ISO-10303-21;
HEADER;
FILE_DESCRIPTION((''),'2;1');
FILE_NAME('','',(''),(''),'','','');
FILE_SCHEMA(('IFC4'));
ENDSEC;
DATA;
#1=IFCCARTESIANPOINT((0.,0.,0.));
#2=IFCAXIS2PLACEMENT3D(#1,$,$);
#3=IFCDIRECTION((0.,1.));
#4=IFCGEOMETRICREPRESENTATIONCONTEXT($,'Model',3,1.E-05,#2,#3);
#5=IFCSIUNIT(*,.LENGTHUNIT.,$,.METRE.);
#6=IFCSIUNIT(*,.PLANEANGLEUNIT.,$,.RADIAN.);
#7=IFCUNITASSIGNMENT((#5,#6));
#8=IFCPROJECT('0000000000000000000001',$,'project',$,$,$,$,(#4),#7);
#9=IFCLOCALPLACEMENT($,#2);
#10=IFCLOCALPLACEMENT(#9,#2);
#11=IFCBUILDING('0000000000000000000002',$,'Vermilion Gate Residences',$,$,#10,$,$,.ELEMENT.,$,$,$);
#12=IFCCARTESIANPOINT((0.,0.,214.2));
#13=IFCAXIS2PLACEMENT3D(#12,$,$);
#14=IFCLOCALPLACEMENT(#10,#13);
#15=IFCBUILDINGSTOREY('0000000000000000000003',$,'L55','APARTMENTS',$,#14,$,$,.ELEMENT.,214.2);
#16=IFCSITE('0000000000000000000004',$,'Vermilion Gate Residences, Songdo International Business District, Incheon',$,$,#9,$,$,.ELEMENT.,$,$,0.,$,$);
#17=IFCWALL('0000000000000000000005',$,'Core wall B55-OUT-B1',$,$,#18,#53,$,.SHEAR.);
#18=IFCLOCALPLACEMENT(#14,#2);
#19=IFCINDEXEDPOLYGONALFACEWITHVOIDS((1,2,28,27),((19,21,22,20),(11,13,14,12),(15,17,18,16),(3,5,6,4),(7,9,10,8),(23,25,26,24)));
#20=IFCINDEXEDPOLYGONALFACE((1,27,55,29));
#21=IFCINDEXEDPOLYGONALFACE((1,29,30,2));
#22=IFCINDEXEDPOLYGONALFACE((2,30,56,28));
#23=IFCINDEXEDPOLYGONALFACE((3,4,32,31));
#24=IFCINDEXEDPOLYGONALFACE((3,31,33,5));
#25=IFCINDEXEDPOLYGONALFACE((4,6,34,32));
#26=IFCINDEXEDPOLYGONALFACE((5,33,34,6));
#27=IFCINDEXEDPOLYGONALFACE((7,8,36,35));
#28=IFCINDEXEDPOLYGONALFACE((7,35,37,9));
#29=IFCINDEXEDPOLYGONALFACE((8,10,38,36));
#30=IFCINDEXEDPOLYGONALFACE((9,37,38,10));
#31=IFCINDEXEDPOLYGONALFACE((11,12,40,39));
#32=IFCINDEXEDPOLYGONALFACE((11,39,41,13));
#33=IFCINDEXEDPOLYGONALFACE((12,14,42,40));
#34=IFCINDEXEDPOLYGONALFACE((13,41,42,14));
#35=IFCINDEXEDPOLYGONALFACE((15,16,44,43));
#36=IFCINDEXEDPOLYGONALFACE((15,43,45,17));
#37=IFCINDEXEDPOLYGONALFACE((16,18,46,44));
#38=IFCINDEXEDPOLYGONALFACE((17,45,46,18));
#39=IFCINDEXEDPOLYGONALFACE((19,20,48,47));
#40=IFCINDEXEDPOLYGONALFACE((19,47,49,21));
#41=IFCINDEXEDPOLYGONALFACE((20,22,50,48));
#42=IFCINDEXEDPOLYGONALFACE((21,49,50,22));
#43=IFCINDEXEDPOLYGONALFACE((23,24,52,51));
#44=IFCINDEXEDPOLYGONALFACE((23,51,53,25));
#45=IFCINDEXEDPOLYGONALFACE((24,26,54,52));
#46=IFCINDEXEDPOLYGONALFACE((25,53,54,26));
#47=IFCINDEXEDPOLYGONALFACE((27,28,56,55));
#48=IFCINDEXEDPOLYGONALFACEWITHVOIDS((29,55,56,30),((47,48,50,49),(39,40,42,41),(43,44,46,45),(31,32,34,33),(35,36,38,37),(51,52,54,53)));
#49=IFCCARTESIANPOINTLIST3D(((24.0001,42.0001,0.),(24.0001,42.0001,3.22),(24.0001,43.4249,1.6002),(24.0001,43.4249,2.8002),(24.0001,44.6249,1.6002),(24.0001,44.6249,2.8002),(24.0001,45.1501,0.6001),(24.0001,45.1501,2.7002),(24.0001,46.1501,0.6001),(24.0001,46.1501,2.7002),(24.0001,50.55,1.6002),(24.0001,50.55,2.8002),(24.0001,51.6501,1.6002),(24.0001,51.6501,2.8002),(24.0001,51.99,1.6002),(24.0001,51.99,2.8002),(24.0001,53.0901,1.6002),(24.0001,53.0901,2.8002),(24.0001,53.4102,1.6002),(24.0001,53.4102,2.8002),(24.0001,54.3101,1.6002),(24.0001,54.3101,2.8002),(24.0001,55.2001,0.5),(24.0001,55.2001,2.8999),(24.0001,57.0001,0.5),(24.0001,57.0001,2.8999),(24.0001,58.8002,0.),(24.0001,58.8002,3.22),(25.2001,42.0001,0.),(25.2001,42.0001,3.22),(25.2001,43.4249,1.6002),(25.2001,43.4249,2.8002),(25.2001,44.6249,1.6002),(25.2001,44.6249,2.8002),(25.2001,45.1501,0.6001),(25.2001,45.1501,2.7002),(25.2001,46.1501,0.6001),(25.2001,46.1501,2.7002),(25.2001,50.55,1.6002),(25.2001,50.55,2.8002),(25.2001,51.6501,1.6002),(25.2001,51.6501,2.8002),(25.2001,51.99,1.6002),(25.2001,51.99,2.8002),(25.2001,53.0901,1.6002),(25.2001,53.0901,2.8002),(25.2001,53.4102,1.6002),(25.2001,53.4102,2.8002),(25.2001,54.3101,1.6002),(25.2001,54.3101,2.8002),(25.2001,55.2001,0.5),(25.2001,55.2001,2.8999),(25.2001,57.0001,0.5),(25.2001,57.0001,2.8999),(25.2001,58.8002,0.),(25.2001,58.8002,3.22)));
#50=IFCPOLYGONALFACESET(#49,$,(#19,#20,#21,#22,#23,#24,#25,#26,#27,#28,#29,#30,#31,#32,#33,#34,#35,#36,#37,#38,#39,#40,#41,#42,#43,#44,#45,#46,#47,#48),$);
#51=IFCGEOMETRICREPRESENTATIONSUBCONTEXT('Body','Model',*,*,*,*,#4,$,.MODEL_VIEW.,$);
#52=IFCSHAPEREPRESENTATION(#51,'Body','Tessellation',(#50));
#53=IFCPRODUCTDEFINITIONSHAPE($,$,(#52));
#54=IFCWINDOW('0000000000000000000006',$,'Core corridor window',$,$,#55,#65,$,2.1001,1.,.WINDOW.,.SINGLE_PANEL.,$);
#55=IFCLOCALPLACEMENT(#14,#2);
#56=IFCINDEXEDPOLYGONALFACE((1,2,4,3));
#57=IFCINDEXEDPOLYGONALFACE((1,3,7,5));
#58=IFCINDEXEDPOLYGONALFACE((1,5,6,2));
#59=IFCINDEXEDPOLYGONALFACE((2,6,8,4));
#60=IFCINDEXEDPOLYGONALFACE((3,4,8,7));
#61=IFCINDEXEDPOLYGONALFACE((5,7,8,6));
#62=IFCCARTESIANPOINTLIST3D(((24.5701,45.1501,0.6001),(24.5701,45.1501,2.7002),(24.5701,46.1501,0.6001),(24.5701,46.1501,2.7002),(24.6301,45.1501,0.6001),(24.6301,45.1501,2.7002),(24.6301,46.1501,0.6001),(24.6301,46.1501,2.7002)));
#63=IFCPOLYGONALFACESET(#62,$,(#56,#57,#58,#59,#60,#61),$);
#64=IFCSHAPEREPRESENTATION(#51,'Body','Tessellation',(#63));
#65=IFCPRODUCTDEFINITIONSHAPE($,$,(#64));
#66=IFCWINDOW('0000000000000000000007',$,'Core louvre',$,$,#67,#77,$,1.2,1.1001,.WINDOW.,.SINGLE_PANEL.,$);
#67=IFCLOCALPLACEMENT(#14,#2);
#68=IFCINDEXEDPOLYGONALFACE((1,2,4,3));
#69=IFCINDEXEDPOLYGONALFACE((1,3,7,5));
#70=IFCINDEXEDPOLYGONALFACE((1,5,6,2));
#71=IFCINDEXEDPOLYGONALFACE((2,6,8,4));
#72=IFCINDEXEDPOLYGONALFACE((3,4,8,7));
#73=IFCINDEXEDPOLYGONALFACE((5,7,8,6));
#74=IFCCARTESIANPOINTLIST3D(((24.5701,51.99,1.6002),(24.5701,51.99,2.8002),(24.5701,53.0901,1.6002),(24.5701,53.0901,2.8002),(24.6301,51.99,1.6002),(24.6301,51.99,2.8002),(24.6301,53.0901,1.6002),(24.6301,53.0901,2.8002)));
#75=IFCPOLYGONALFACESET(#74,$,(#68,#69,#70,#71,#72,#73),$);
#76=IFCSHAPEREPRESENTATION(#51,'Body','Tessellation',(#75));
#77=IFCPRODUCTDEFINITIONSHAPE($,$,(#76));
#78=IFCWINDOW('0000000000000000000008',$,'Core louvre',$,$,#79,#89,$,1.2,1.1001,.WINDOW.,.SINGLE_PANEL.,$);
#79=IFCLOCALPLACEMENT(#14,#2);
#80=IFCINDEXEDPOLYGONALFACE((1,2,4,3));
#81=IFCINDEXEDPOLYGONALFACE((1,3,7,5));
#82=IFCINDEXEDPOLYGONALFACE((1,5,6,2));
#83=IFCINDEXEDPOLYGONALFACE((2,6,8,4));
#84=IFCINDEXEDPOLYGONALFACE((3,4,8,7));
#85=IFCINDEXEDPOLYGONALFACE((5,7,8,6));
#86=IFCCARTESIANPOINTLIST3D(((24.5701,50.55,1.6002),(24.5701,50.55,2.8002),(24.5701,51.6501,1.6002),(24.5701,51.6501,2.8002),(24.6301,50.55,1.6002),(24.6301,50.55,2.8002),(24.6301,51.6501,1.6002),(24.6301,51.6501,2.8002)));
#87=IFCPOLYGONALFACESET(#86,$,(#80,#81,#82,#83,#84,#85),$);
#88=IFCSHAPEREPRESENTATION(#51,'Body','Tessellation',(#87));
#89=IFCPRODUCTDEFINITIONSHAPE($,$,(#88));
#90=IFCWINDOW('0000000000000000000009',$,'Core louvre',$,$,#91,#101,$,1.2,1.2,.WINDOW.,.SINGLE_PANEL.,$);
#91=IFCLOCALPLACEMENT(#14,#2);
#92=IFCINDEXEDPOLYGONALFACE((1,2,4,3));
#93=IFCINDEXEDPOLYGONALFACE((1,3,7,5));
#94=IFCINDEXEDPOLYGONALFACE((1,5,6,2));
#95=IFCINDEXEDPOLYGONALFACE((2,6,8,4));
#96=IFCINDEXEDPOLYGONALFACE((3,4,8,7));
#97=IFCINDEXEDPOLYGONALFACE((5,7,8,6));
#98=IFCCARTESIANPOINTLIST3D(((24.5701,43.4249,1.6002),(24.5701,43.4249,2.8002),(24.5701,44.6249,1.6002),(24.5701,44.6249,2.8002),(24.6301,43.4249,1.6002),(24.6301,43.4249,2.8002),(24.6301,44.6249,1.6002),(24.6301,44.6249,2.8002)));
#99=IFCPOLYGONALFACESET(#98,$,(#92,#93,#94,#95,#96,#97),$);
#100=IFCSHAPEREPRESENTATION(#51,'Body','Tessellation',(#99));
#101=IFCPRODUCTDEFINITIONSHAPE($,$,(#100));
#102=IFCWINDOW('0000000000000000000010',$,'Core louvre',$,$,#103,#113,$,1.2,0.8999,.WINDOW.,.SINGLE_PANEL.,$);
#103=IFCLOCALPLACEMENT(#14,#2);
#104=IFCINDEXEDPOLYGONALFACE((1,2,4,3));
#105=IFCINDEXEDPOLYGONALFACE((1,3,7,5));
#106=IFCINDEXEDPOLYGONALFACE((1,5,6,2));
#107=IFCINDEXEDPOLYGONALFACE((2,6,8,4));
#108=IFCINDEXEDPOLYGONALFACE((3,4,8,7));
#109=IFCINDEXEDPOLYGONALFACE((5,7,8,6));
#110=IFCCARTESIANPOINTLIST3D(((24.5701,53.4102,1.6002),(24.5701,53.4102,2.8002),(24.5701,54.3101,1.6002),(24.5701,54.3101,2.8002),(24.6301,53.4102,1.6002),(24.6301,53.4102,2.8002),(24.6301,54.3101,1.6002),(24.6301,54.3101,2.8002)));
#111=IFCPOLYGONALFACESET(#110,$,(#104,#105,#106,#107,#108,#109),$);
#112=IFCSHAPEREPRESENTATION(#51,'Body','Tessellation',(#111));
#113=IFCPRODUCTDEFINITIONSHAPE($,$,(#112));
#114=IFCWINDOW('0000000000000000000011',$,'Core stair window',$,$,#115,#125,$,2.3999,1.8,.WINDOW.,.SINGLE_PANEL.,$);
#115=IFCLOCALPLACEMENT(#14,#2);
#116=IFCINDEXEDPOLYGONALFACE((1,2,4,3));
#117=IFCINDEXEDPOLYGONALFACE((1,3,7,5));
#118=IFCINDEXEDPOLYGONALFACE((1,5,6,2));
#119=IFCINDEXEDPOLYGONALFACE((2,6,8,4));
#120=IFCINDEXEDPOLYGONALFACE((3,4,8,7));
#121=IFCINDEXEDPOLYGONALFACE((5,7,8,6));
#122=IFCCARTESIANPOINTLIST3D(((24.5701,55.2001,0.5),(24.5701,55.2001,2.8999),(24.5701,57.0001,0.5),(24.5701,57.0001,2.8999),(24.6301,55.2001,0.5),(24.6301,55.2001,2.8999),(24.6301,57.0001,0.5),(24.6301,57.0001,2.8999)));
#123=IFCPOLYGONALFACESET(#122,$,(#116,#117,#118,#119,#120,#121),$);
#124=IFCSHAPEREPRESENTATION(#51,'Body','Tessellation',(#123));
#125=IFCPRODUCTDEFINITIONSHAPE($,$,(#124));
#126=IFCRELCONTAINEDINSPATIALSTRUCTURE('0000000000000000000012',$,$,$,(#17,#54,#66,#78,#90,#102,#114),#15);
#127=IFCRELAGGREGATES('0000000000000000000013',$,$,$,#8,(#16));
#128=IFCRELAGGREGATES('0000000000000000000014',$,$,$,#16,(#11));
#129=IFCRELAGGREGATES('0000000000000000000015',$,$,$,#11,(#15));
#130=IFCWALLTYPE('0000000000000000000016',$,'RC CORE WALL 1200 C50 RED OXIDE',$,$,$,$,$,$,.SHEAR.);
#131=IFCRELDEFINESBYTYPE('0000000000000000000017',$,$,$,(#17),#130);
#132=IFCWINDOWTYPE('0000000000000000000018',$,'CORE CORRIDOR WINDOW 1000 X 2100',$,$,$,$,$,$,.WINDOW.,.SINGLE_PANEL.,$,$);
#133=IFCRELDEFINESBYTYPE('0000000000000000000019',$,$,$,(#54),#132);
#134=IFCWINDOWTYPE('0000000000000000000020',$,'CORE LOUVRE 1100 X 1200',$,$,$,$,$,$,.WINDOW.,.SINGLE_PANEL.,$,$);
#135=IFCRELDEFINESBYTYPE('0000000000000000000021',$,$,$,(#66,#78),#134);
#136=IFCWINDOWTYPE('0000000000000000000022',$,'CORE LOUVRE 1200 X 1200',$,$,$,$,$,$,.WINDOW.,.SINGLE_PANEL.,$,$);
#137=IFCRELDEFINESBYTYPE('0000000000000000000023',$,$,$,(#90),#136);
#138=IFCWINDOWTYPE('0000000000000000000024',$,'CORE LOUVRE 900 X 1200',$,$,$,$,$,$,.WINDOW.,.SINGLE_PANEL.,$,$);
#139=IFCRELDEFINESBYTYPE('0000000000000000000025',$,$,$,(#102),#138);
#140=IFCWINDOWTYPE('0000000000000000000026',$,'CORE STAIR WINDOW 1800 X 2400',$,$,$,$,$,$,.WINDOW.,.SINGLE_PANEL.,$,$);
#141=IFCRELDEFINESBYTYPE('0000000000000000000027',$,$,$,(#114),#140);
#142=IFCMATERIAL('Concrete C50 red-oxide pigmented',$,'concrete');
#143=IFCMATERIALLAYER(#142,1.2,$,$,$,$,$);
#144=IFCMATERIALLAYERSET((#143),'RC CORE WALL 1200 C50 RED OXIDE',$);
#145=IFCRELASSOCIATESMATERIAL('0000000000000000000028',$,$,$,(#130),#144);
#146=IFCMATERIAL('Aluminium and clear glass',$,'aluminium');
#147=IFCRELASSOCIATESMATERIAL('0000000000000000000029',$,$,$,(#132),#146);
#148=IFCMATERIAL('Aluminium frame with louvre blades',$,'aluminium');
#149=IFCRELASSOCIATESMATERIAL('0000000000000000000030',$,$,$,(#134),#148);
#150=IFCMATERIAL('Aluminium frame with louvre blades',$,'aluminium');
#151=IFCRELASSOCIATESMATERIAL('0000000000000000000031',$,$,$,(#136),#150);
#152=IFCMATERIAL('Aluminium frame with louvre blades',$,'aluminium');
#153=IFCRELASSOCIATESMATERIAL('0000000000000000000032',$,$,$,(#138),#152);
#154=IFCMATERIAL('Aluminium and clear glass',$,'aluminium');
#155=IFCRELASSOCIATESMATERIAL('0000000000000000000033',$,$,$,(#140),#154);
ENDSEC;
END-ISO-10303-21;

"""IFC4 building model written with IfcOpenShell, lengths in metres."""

from ifc_helpers import new_model, si_unit, direction, frame, frame_2d, origin, place, context, subcontext, project, spatial, rectangle, extrude, material, layer, layer_set, type_object, element, fill, save


model = new_model("IFC4")

# Units and contexts
model_context = context("Model", 3, precision=1e-05, world=origin(), true_north=direction((0.0, 1.0)))
body_context = subcontext(model_context, "Body", "Model", "MODEL_VIEW")
ifc_project = project(units=[si_unit("LENGTHUNIT", "METRE"), si_unit("PLANEANGLEUNIT", "RADIAN")], contexts=[model_context])

# Site, building, storey
site_placement = place(None, origin())
site = spatial("IfcSite", under=ifc_project, at=site_placement, Name="Vermilion Gate Residences, Songdo International Business District, Incheon", CompositionType="ELEMENT", RefElevation=0.0)
building_placement = place(site_placement, origin())
building = spatial("IfcBuilding", under=site, at=building_placement, Name="Vermilion Gate Residences", CompositionType="ELEMENT")
storey_placement = place(building_placement, frame((0.0, 0.0, 214.2)))
storey = spatial("IfcBuildingStorey", under=building, at=storey_placement, Name="L55", Description="APARTMENTS", CompositionType="ELEMENT", Elevation=214.2)

# Wall, openings, windows
ifc_material_1 = material(Name="Concrete C50 red-oxide pigmented", Category="concrete")
ifc_layer_1 = layer(ifc_material_1, 1.2)
ifc_layer_set_1 = layer_set([ifc_layer_1], Name="RC CORE WALL 1200 C50 RED OXIDE")
wall_type_1 = type_object("IfcWallType", Name="RC CORE WALL 1200 C50 RED OXIDE", PredefinedType="SHEAR", material=ifc_layer_set_1)
wall_1_placement = place(storey_placement, frame((24.6001, 58.8, 0.0), z_axis=(0.0, 0.0, 1.0), x_axis=(0.0, -1.0, 0.0)))
wall_1 = element("IfcWall", 1, at=wall_1_placement, inside=storey, type_object=wall_type_1, Name="Core wall B55-OUT-B1", PredefinedType="SHEAR", context=body_context, shape_type="SweptSolid", body=[
    extrude(rectangle(XDim=16.8, YDim=1.2, at=frame_2d((8.3999, 0.0))), origin(), (0.0, 0.0, 1.0), 3.22),
])
opening_1_placement = place(wall_1_placement, frame((1.8, 0.0, 0.5)))
opening_1 = element("IfcOpeningElement", 2, at=opening_1_placement, cuts=wall_1, PredefinedType="OPENING", context=body_context, shape_type="SweptSolid", body=[
    extrude(rectangle(XDim=1.8, YDim=2.3999, at=frame_2d((0.8999, 1.2))), frame((0.0, 0.6099, 0.0), z_axis=(0.0, -1.0, 0.0), x_axis=(1.0, 0.0, 0.0)), (0.0, 0.0, 1.0), 1.22),
])
opening_2_placement = place(wall_1_placement, frame((4.49, 0.0, 1.6001)))
opening_2 = element("IfcOpeningElement", 3, at=opening_2_placement, cuts=wall_1, PredefinedType="OPENING", context=body_context, shape_type="SweptSolid", body=[
    extrude(rectangle(XDim=0.8999, YDim=1.2, at=frame_2d((0.45, 0.6001))), frame((0.0, 0.6099, 0.0), z_axis=(0.0, -1.0, 0.0), x_axis=(1.0, 0.0, 0.0)), (0.0, 0.0, 1.0), 1.22),
])
opening_3_placement = place(wall_1_placement, frame((5.71, 0.0, 1.6001)))
opening_3 = element("IfcOpeningElement", 4, at=opening_3_placement, cuts=wall_1, PredefinedType="OPENING", context=body_context, shape_type="SweptSolid", body=[
    extrude(rectangle(XDim=1.1001, YDim=1.2, at=frame_2d((0.55, 0.6001))), frame((0.0, 0.6099, 0.0), z_axis=(0.0, -1.0, 0.0), x_axis=(1.0, 0.0, 0.0)), (0.0, 0.0, 1.0), 1.22),
])
opening_4_placement = place(wall_1_placement, frame((7.1499, 0.0, 1.6001)))
opening_4 = element("IfcOpeningElement", 5, at=opening_4_placement, cuts=wall_1, PredefinedType="OPENING", context=body_context, shape_type="SweptSolid", body=[
    extrude(rectangle(XDim=1.1001, YDim=1.2, at=frame_2d((0.55, 0.6001))), frame((0.0, 0.6099, 0.0), z_axis=(0.0, -1.0, 0.0), x_axis=(1.0, 0.0, 0.0)), (0.0, 0.0, 1.0), 1.22),
])
opening_5_placement = place(wall_1_placement, frame((12.6499, 0.0, 0.6001)))
opening_5 = element("IfcOpeningElement", 6, at=opening_5_placement, cuts=wall_1, PredefinedType="OPENING", context=body_context, shape_type="SweptSolid", body=[
    extrude(rectangle(XDim=1.0, YDim=2.1001, at=frame_2d((0.5, 1.05))), frame((0.0, 0.6099, 0.0), z_axis=(0.0, -1.0, 0.0), x_axis=(1.0, 0.0, 0.0)), (0.0, 0.0, 1.0), 1.22),
])
opening_6_placement = place(wall_1_placement, frame((14.175, 0.0, 1.6001)))
opening_6 = element("IfcOpeningElement", 7, at=opening_6_placement, cuts=wall_1, PredefinedType="OPENING", context=body_context, shape_type="SweptSolid", body=[
    extrude(rectangle(XDim=1.2, YDim=1.2, at=frame_2d((0.6001, 0.6001))), frame((0.0, 0.6099, 0.0), z_axis=(0.0, -1.0, 0.0), x_axis=(1.0, 0.0, 0.0)), (0.0, 0.0, 1.0), 1.22),
])
ifc_material_2 = material(Name="Aluminium and clear glass", Category="aluminium")
window_type_1 = type_object("IfcWindowType", Name="CORE CORRIDOR WINDOW 1000 X 2100", PartitioningType="SINGLE_PANEL", PredefinedType="WINDOW", material=ifc_material_2)
window_1_placement = place(opening_5_placement, origin())
window_1 = element("IfcWindow", 8, at=window_1_placement, inside=storey, type_object=window_type_1, Name="Core corridor window", OverallHeight=2.1001, OverallWidth=1.0, PartitioningType="SINGLE_PANEL", PredefinedType="WINDOW", context=body_context, shape_type="SweptSolid", body=[
    extrude(rectangle(XDim=1.0, YDim=2.1001, at=frame_2d((0.5, 1.05))), frame((0.0, 0.03, 0.0), z_axis=(0.0, -1.0, 0.0), x_axis=(1.0, 0.0, 0.0)), (0.0, 0.0, 1.0), 0.0601),
])
fill(opening_5, window_1)
ifc_material_3 = material(Name="Aluminium frame with louvre blades", Category="aluminium")
window_type_2 = type_object("IfcWindowType", Name="CORE LOUVRE 1100 X 1200", PartitioningType="SINGLE_PANEL", PredefinedType="WINDOW", material=ifc_material_3)
window_2_placement = place(opening_3_placement, origin())
window_2 = element("IfcWindow", 9, at=window_2_placement, inside=storey, type_object=window_type_2, Name="Core louvre", OverallHeight=1.2, OverallWidth=1.1001, PartitioningType="SINGLE_PANEL", PredefinedType="WINDOW", context=body_context, shape_type="SweptSolid", body=[
    extrude(rectangle(XDim=1.1001, YDim=1.2, at=frame_2d((0.55, 0.6001))), frame((0.0, 0.03, 0.0), z_axis=(0.0, -1.0, 0.0), x_axis=(1.0, 0.0, 0.0)), (0.0, 0.0, 1.0), 0.0601),
])
fill(opening_3, window_2)
window_3_placement = place(opening_4_placement, origin())
window_3 = element("IfcWindow", 10, at=window_3_placement, inside=storey, type_object=window_type_2, Name="Core louvre", OverallHeight=1.2, OverallWidth=1.1001, PartitioningType="SINGLE_PANEL", PredefinedType="WINDOW", context=body_context, shape_type="SweptSolid", body=[
    extrude(rectangle(XDim=1.1001, YDim=1.2, at=frame_2d((0.55, 0.6001))), frame((0.0, 0.03, 0.0), z_axis=(0.0, -1.0, 0.0), x_axis=(1.0, 0.0, 0.0)), (0.0, 0.0, 1.0), 0.0601),
])
fill(opening_4, window_3)
ifc_material_4 = material(Name="Aluminium frame with louvre blades", Category="aluminium")
window_type_3 = type_object("IfcWindowType", Name="CORE LOUVRE 1200 X 1200", PartitioningType="SINGLE_PANEL", PredefinedType="WINDOW", material=ifc_material_4)
window_4_placement = place(opening_6_placement, origin())
window_4 = element("IfcWindow", 11, at=window_4_placement, inside=storey, type_object=window_type_3, Name="Core louvre", OverallHeight=1.2, OverallWidth=1.2, PartitioningType="SINGLE_PANEL", PredefinedType="WINDOW", context=body_context, shape_type="SweptSolid", body=[
    extrude(rectangle(XDim=1.2, YDim=1.2, at=frame_2d((0.6001, 0.6001))), frame((0.0, 0.03, 0.0), z_axis=(0.0, -1.0, 0.0), x_axis=(1.0, 0.0, 0.0)), (0.0, 0.0, 1.0), 0.0601),
])
fill(opening_6, window_4)
ifc_material_5 = material(Name="Aluminium frame with louvre blades", Category="aluminium")
window_type_4 = type_object("IfcWindowType", Name="CORE LOUVRE 900 X 1200", PartitioningType="SINGLE_PANEL", PredefinedType="WINDOW", material=ifc_material_5)
window_5_placement = place(opening_2_placement, origin())
window_5 = element("IfcWindow", 12, at=window_5_placement, inside=storey, type_object=window_type_4, Name="Core louvre", OverallHeight=1.2, OverallWidth=0.8999, PartitioningType="SINGLE_PANEL", PredefinedType="WINDOW", context=body_context, shape_type="SweptSolid", body=[
    extrude(rectangle(XDim=0.8999, YDim=1.2, at=frame_2d((0.45, 0.6001))), frame((0.0, 0.03, 0.0), z_axis=(0.0, -1.0, 0.0), x_axis=(1.0, 0.0, 0.0)), (0.0, 0.0, 1.0), 0.0601),
])
fill(opening_2, window_5)
ifc_material_6 = material(Name="Aluminium and clear glass", Category="aluminium")
window_type_5 = type_object("IfcWindowType", Name="CORE STAIR WINDOW 1800 X 2400", PartitioningType="SINGLE_PANEL", PredefinedType="WINDOW", material=ifc_material_6)
window_6_placement = place(opening_1_placement, origin())
window_6 = element("IfcWindow", 13, at=window_6_placement, inside=storey, type_object=window_type_5, Name="Core stair window", OverallHeight=2.3999, OverallWidth=1.8, PartitioningType="SINGLE_PANEL", PredefinedType="WINDOW", context=body_context, shape_type="SweptSolid", body=[
    extrude(rectangle(XDim=1.8, YDim=2.3999, at=frame_2d((0.8999, 1.2))), frame((0.0, 0.03, 0.0), z_axis=(0.0, -1.0, 0.0), x_axis=(1.0, 0.0, 0.0)), (0.0, 0.0, 1.0), 0.0601),
])
fill(opening_1, window_6)

save(model, "model.ifc")
